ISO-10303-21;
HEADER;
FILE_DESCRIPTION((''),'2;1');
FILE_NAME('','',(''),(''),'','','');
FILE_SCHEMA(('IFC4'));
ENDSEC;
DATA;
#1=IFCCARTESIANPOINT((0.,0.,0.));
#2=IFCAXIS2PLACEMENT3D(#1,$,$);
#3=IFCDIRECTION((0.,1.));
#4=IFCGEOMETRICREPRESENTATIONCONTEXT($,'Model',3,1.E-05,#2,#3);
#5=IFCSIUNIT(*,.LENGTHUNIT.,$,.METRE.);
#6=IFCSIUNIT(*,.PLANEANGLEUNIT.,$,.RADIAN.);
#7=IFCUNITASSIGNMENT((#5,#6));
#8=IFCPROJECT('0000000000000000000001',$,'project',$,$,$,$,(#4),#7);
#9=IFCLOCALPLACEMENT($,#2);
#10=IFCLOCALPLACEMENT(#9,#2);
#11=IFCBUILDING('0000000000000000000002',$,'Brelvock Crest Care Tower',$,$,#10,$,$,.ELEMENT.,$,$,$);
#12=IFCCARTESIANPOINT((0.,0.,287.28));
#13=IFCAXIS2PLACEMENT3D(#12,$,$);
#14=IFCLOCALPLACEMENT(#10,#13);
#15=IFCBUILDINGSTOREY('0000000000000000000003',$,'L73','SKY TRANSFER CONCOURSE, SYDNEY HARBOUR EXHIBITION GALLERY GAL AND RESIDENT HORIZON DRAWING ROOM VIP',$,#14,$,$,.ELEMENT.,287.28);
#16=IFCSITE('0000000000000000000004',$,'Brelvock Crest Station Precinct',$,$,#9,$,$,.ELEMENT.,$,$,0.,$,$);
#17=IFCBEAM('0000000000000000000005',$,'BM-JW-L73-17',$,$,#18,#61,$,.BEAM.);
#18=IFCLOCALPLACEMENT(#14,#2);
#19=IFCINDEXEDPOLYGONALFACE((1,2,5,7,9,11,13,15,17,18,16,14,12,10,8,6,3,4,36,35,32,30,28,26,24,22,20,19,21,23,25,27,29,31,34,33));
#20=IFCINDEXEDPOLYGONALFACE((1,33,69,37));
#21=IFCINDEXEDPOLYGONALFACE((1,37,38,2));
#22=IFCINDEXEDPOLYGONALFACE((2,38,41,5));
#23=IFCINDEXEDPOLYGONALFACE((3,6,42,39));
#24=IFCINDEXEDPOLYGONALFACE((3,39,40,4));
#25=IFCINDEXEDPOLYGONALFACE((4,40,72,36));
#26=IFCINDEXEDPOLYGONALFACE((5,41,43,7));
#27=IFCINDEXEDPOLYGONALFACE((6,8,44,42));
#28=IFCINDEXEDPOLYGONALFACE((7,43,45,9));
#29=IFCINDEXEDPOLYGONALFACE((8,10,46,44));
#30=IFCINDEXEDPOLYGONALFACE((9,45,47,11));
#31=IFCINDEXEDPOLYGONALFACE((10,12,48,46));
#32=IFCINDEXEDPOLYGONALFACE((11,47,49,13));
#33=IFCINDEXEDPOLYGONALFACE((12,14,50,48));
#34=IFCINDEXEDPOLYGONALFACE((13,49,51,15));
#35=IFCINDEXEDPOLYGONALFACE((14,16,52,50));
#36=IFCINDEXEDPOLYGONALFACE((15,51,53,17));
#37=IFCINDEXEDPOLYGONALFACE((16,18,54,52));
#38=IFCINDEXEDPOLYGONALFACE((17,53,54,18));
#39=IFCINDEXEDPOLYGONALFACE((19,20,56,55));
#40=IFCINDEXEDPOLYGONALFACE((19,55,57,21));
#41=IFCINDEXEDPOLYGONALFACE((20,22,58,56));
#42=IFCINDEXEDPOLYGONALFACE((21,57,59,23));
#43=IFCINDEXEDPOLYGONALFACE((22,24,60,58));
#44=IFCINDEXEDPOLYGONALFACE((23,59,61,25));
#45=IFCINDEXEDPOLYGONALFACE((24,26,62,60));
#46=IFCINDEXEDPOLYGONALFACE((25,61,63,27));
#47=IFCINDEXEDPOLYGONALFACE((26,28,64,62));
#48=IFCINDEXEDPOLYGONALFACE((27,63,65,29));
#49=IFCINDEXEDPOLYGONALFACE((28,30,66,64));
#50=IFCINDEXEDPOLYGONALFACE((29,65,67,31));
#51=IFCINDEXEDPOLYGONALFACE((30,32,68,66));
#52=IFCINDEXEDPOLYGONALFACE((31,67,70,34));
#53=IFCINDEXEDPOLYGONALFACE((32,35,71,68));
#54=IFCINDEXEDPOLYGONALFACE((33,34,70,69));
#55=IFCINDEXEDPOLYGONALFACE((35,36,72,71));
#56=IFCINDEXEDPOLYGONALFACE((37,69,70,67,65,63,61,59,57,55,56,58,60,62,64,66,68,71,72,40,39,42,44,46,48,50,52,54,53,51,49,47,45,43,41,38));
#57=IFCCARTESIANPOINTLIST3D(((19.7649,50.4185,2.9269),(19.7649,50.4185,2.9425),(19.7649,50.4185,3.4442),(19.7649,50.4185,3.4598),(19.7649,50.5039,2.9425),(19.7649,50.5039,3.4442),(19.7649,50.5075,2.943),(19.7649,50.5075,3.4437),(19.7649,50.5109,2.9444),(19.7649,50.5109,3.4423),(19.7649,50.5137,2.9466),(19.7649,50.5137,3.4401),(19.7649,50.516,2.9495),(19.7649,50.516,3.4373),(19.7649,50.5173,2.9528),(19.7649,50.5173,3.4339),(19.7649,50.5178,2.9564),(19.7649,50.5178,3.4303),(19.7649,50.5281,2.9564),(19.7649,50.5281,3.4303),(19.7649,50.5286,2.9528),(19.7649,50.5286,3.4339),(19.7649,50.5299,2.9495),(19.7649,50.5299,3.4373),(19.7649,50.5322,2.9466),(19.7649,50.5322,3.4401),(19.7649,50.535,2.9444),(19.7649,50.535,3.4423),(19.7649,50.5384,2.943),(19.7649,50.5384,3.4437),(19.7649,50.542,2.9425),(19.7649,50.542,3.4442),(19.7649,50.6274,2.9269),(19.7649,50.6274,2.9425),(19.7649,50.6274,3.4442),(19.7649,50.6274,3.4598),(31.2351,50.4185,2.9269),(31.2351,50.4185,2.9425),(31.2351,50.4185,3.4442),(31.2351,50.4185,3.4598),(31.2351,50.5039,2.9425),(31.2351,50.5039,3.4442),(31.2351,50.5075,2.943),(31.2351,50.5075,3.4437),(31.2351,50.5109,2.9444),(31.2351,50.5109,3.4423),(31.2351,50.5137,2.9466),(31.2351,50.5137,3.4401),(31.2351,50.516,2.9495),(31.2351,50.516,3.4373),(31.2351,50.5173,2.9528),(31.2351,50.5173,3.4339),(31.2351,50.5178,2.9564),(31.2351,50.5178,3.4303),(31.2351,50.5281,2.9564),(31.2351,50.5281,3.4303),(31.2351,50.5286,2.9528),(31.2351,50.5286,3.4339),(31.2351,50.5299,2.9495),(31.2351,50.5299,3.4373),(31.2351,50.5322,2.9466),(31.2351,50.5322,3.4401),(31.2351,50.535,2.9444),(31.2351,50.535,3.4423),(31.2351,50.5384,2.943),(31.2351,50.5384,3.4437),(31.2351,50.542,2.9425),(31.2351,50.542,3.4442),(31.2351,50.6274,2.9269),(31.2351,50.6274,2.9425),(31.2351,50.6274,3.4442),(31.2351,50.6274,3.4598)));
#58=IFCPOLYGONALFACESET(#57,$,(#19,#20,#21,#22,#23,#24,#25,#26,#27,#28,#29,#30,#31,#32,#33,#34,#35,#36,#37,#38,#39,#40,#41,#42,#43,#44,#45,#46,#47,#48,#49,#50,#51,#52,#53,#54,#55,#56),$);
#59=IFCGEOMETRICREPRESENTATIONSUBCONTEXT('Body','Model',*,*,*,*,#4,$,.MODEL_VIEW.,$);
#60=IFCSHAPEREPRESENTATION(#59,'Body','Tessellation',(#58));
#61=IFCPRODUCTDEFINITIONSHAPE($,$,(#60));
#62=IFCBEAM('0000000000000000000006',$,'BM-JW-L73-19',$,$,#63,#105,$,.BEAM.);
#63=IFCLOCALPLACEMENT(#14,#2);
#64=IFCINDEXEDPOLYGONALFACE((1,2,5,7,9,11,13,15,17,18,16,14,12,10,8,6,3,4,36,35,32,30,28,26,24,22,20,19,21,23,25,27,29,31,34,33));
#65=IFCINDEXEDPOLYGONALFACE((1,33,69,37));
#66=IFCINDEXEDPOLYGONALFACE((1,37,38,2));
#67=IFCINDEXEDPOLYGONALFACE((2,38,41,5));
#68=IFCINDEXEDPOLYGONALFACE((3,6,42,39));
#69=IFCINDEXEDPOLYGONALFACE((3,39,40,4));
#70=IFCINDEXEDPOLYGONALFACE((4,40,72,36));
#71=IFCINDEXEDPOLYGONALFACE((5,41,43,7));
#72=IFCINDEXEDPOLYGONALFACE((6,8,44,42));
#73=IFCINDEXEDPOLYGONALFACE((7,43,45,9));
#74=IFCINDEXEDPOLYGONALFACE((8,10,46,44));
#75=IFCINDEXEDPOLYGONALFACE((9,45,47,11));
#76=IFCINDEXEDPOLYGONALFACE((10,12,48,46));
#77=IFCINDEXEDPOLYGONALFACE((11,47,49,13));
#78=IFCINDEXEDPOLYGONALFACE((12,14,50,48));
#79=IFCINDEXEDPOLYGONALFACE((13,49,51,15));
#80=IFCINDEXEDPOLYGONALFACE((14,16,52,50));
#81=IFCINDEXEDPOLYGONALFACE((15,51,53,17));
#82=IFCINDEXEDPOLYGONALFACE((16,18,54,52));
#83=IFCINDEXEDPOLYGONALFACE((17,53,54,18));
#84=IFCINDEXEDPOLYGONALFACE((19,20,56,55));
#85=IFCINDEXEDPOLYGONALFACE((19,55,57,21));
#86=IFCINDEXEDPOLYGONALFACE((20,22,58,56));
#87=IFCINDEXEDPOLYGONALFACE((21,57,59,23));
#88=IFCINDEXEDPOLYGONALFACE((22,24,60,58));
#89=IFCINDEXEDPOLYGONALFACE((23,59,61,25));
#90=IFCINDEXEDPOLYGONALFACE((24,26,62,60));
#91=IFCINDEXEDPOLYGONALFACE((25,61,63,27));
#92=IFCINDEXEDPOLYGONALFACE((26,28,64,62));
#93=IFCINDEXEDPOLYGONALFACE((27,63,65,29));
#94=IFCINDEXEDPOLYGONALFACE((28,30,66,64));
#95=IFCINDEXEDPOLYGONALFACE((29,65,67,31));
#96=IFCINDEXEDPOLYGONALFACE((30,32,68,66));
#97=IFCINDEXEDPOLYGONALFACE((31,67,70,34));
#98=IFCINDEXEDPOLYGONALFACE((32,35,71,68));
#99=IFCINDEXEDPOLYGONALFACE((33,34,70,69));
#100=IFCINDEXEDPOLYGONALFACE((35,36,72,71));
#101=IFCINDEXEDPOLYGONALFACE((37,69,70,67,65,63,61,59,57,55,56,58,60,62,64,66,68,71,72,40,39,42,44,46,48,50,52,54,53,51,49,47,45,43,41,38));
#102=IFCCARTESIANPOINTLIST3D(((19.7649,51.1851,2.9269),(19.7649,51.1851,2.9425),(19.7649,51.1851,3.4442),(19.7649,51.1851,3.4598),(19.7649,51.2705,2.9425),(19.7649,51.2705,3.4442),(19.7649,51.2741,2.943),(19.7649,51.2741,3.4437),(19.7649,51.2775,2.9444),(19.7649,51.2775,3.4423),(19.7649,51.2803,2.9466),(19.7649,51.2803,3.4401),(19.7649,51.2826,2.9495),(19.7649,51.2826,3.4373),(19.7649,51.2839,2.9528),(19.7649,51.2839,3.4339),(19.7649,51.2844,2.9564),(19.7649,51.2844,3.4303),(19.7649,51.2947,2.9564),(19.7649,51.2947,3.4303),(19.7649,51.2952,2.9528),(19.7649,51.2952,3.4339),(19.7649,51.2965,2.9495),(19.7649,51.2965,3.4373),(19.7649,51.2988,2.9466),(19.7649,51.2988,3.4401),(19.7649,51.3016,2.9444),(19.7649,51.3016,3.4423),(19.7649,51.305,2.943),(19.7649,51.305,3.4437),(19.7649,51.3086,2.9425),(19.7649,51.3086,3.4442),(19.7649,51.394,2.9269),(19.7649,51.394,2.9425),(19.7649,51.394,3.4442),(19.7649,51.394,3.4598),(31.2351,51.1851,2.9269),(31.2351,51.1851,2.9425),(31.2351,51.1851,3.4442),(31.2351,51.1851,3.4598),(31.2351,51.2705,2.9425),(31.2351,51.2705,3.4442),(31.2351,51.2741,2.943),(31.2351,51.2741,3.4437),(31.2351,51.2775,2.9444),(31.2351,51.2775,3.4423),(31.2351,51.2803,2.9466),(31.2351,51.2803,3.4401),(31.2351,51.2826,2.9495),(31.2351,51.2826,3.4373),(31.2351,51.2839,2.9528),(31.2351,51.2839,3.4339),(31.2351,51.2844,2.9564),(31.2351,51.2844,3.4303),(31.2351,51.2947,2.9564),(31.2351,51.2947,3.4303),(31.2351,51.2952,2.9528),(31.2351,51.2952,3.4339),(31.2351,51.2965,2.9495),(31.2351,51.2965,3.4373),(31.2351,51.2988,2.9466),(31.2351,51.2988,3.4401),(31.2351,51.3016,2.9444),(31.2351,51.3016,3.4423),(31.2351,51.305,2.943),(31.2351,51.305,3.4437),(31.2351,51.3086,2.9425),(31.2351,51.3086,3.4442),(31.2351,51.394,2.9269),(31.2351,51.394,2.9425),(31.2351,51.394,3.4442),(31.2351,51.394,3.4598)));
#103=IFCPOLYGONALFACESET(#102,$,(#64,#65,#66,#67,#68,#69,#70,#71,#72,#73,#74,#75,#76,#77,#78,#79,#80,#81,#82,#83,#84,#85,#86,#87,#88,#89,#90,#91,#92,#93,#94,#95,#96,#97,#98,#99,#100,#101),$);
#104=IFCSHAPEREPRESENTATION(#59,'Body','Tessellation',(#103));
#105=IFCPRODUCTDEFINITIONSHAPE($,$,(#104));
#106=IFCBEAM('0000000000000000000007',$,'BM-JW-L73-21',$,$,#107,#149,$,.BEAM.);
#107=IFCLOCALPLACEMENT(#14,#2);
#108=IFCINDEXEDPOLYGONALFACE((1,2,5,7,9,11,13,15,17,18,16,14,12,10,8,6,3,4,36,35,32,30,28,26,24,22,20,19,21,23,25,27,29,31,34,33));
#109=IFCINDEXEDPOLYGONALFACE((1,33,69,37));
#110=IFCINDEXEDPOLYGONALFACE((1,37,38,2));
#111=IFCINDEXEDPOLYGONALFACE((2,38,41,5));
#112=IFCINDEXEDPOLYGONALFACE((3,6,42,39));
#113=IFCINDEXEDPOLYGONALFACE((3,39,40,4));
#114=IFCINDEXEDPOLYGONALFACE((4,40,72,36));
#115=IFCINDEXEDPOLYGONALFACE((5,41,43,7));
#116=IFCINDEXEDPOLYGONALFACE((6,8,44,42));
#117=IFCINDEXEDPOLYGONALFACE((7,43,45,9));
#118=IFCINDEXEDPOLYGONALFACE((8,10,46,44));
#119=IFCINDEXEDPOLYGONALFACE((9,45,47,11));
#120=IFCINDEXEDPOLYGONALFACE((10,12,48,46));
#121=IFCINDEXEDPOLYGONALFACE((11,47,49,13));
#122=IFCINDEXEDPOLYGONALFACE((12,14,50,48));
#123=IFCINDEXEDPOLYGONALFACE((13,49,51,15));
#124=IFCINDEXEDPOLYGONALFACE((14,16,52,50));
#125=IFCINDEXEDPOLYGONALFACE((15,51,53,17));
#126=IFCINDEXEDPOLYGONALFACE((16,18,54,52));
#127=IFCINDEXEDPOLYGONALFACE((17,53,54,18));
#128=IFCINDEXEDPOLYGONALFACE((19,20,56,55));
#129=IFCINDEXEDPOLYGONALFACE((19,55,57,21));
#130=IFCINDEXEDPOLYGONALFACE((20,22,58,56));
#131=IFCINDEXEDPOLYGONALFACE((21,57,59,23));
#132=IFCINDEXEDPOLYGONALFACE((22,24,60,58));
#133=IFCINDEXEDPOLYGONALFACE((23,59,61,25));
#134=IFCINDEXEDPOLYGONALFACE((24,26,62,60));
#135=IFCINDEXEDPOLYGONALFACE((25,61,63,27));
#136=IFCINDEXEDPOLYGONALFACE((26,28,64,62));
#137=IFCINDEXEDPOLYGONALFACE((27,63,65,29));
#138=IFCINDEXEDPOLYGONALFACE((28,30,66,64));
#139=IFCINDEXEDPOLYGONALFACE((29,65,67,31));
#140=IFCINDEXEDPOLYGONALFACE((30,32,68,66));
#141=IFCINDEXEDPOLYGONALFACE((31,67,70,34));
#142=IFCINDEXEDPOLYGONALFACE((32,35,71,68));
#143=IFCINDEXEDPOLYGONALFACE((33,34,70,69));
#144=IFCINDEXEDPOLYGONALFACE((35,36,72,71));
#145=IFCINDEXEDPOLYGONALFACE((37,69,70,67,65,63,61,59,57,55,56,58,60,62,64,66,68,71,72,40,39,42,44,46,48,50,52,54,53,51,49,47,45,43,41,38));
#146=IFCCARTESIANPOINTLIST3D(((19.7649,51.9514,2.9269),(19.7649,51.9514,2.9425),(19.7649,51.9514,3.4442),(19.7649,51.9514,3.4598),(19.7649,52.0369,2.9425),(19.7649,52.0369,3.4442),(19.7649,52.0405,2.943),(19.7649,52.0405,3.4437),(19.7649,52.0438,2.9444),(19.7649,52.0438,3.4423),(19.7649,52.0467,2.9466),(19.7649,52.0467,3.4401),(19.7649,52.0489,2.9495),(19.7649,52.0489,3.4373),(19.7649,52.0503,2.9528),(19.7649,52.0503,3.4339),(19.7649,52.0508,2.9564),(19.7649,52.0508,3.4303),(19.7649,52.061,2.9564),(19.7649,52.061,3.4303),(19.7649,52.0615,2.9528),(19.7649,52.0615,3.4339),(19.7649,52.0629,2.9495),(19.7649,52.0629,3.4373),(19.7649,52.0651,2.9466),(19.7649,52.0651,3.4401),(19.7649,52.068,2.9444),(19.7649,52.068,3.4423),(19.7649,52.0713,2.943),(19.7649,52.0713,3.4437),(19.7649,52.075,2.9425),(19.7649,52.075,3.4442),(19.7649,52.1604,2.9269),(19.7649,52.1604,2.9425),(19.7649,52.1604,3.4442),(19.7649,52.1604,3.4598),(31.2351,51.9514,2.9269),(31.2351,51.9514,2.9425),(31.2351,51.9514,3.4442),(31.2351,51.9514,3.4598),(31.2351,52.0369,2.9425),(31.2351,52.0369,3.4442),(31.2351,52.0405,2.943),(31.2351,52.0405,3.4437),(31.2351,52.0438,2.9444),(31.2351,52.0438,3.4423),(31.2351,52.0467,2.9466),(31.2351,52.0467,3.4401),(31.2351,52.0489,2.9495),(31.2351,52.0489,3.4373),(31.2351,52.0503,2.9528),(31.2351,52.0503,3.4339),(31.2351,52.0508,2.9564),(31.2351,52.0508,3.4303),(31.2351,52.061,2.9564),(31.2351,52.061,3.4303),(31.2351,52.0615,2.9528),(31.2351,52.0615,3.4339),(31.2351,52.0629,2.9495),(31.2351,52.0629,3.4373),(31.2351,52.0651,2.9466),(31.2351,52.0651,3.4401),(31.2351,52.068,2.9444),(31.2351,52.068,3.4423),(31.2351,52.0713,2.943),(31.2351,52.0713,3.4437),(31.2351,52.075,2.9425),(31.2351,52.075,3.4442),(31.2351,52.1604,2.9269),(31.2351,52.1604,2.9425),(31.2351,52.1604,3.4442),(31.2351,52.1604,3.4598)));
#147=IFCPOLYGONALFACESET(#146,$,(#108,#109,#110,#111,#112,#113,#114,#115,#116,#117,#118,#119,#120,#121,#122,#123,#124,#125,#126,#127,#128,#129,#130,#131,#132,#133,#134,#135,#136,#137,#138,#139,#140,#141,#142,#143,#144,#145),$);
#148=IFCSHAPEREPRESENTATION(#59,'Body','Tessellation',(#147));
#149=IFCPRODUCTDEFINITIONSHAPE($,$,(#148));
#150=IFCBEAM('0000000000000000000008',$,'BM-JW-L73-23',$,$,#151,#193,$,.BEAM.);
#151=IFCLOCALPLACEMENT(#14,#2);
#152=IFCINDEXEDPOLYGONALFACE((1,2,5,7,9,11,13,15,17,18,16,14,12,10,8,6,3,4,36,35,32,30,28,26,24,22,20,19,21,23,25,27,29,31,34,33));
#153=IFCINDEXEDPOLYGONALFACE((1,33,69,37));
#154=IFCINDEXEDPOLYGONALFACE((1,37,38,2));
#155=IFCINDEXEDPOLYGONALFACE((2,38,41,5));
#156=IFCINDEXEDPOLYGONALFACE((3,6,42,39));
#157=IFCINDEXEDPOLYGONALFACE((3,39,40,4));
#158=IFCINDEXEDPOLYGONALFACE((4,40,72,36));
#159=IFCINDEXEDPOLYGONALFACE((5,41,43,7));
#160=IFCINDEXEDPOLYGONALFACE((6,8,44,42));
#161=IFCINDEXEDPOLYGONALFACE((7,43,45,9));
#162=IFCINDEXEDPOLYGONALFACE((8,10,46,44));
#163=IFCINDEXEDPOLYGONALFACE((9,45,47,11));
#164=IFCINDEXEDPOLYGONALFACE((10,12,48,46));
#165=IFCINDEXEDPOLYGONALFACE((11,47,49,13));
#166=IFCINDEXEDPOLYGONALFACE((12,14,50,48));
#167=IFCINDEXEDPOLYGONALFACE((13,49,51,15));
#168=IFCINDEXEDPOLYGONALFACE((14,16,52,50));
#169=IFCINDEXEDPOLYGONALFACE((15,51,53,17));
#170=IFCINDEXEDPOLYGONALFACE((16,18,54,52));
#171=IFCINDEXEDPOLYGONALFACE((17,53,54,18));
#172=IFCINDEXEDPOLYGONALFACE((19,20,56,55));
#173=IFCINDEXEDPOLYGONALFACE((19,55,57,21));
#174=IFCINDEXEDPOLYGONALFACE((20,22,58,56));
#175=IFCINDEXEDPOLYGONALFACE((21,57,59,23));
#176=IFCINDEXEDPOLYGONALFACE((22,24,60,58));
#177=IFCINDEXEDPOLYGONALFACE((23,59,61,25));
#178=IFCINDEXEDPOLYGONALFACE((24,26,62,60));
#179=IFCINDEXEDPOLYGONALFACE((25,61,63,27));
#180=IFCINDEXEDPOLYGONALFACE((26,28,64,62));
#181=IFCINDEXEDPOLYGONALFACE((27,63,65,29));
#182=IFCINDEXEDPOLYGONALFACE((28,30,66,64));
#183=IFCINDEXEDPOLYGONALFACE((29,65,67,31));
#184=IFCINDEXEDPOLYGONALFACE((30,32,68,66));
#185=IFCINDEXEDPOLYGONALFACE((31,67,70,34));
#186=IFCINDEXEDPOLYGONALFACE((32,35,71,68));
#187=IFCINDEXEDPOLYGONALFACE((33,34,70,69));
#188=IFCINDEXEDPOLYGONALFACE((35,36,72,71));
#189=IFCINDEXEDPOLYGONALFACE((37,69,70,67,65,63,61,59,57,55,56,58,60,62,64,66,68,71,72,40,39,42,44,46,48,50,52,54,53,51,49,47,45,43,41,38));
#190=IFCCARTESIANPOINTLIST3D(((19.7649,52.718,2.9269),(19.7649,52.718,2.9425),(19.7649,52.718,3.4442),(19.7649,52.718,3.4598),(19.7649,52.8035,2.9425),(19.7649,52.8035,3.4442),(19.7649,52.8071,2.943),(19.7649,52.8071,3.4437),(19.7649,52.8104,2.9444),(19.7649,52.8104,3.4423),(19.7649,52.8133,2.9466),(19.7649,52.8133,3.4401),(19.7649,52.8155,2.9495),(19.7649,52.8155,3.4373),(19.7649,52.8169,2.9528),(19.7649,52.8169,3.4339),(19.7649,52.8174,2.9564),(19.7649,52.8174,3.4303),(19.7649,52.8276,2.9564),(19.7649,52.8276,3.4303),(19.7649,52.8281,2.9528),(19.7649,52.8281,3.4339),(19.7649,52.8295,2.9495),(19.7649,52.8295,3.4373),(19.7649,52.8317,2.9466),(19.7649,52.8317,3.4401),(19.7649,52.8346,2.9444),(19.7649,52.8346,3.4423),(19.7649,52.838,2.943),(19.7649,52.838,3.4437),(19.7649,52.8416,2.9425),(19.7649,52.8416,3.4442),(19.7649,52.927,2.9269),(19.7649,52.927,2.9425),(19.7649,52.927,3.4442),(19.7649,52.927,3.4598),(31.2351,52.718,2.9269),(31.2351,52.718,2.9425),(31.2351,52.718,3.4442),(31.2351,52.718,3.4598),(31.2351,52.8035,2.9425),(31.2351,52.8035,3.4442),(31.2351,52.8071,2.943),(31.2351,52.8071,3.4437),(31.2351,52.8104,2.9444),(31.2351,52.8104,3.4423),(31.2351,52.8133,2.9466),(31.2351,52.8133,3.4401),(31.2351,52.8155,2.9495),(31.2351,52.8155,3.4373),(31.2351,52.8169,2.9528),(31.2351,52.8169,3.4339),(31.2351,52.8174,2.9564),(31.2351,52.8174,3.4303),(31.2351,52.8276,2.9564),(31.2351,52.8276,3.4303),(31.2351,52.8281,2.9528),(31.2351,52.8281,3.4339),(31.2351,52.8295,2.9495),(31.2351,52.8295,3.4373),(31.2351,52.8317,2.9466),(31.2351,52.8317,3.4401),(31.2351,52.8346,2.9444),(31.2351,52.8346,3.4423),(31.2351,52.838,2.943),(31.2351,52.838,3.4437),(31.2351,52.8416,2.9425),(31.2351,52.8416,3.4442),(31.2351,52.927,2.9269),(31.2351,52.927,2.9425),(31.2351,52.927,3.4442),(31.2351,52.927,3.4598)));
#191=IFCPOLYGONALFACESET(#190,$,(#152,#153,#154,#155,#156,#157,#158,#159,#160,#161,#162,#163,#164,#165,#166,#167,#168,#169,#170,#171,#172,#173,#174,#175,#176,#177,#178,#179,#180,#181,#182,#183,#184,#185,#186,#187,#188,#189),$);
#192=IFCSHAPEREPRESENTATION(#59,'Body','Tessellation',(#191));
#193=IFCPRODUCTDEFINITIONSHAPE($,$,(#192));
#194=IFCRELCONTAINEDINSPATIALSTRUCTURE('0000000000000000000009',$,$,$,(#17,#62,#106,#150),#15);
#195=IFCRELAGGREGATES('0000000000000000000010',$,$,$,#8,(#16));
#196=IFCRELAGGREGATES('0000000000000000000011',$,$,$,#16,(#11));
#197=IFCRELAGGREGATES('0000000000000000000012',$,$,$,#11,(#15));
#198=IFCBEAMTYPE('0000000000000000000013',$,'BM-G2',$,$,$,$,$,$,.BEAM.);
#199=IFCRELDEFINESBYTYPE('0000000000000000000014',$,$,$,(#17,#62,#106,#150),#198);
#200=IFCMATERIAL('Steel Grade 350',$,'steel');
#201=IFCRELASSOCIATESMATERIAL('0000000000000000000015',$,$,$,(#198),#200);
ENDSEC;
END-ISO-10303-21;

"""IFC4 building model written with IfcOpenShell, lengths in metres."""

from ifc_helpers import new_model, si_unit, direction, frame, origin, origin_2d, place, context, subcontext, project, spatial, i_section, extrude, source, transform, mapped, material, material_profile, profile_set, type_object, element, save


model = new_model("IFC4")

# Units and contexts
model_context = context("Model", 3, precision=1e-05, world=origin(), true_north=direction((0.0, 1.0)))
body_context = subcontext(model_context, "Body", "Model", "MODEL_VIEW")
ifc_project = project(units=[si_unit("LENGTHUNIT", "METRE"), si_unit("PLANEANGLEUNIT", "RADIAN")], contexts=[model_context])

# Site, building, storey
site_placement = place(None, origin())
site = spatial("IfcSite", under=ifc_project, at=site_placement, Name="Brelvock Crest Station Precinct", CompositionType="ELEMENT", RefElevation=0.0)
building_placement = place(site_placement, origin())
building = spatial("IfcBuilding", under=site, at=building_placement, Name="Brelvock Crest Care Tower", CompositionType="ELEMENT")
storey_placement = place(building_placement, frame((0.0, 0.0, 287.28)))
storey = spatial("IfcBuildingStorey", under=building, at=storey_placement, Name="L73", Description="SKY TRANSFER CONCOURSE, SYDNEY HARBOUR EXHIBITION GALLERY GAL AND RESIDENT HORIZON DRAWING ROOM VIP", CompositionType="ELEMENT", Elevation=287.28)

# Beams
ifc_material_1 = material(Name="Steel Grade 350", Category="steel")
ifc_material_profile_1 = material_profile(ifc_material_1, i_section(OverallWidth=0.209, OverallDepth=0.533, WebThickness=0.0103, FlangeThickness=0.0156, FilletRadius=0.0139, at=origin_2d()), Name="530UB92.4")
ifc_profile_set_1 = profile_set([ifc_material_profile_1], Name="Steel Grade 350")
beam_type_1 = type_object("IfcBeamType", Name="BM-G2", PredefinedType="BEAM", material=ifc_profile_set_1)
shared_shape_1 = source(origin(), body_context, "Body", "SweptSolid", [
    extrude(i_section(OverallWidth=0.209, OverallDepth=0.533, WebThickness=0.0103, FlangeThickness=0.0156, FilletRadius=0.0139, at=origin_2d()), origin(), (0.0, 0.0, 1.0), 11.4702),
])
for number, where, z_axis, x_axis, name in (
    (1, (19.7649, 50.5229, 3.1934), (1.0, 0.0, 0.0), (0.0, 1.0, 0.0), "BM-JW-L73-17"),
    (2, (19.7649, 51.2896, 3.1934), (1.0, 0.0, 0.0), (0.0, 1.0, 0.0), "BM-JW-L73-19"),
    (3, (19.7649, 52.0559, 3.1934), (1.0, 0.0, 0.0), (0.0, 1.0, 0.0), "BM-JW-L73-21"),
    (4, (19.7649, 52.8225, 3.1934), (1.0, 0.0, 0.0), (0.0, 1.0, 0.0), "BM-JW-L73-23"),
):
    element("IfcBeam", number, at=place(storey_placement, frame(where, z_axis=z_axis, x_axis=x_axis)), inside=storey, type_object=beam_type_1, Name=name, PredefinedType="BEAM", context=body_context, shape_type="MappedRepresentation", body=[
        mapped(shared_shape_1, transform((0.0, 0.0, 0.0), x_axis=(1.0, 0.0, 0.0), y_axis=(0.0, 1.0, 0.0), z_axis=(0.0, 0.0, 1.0), scale=1.0)),
    ])

save(model, "model.ifc")
